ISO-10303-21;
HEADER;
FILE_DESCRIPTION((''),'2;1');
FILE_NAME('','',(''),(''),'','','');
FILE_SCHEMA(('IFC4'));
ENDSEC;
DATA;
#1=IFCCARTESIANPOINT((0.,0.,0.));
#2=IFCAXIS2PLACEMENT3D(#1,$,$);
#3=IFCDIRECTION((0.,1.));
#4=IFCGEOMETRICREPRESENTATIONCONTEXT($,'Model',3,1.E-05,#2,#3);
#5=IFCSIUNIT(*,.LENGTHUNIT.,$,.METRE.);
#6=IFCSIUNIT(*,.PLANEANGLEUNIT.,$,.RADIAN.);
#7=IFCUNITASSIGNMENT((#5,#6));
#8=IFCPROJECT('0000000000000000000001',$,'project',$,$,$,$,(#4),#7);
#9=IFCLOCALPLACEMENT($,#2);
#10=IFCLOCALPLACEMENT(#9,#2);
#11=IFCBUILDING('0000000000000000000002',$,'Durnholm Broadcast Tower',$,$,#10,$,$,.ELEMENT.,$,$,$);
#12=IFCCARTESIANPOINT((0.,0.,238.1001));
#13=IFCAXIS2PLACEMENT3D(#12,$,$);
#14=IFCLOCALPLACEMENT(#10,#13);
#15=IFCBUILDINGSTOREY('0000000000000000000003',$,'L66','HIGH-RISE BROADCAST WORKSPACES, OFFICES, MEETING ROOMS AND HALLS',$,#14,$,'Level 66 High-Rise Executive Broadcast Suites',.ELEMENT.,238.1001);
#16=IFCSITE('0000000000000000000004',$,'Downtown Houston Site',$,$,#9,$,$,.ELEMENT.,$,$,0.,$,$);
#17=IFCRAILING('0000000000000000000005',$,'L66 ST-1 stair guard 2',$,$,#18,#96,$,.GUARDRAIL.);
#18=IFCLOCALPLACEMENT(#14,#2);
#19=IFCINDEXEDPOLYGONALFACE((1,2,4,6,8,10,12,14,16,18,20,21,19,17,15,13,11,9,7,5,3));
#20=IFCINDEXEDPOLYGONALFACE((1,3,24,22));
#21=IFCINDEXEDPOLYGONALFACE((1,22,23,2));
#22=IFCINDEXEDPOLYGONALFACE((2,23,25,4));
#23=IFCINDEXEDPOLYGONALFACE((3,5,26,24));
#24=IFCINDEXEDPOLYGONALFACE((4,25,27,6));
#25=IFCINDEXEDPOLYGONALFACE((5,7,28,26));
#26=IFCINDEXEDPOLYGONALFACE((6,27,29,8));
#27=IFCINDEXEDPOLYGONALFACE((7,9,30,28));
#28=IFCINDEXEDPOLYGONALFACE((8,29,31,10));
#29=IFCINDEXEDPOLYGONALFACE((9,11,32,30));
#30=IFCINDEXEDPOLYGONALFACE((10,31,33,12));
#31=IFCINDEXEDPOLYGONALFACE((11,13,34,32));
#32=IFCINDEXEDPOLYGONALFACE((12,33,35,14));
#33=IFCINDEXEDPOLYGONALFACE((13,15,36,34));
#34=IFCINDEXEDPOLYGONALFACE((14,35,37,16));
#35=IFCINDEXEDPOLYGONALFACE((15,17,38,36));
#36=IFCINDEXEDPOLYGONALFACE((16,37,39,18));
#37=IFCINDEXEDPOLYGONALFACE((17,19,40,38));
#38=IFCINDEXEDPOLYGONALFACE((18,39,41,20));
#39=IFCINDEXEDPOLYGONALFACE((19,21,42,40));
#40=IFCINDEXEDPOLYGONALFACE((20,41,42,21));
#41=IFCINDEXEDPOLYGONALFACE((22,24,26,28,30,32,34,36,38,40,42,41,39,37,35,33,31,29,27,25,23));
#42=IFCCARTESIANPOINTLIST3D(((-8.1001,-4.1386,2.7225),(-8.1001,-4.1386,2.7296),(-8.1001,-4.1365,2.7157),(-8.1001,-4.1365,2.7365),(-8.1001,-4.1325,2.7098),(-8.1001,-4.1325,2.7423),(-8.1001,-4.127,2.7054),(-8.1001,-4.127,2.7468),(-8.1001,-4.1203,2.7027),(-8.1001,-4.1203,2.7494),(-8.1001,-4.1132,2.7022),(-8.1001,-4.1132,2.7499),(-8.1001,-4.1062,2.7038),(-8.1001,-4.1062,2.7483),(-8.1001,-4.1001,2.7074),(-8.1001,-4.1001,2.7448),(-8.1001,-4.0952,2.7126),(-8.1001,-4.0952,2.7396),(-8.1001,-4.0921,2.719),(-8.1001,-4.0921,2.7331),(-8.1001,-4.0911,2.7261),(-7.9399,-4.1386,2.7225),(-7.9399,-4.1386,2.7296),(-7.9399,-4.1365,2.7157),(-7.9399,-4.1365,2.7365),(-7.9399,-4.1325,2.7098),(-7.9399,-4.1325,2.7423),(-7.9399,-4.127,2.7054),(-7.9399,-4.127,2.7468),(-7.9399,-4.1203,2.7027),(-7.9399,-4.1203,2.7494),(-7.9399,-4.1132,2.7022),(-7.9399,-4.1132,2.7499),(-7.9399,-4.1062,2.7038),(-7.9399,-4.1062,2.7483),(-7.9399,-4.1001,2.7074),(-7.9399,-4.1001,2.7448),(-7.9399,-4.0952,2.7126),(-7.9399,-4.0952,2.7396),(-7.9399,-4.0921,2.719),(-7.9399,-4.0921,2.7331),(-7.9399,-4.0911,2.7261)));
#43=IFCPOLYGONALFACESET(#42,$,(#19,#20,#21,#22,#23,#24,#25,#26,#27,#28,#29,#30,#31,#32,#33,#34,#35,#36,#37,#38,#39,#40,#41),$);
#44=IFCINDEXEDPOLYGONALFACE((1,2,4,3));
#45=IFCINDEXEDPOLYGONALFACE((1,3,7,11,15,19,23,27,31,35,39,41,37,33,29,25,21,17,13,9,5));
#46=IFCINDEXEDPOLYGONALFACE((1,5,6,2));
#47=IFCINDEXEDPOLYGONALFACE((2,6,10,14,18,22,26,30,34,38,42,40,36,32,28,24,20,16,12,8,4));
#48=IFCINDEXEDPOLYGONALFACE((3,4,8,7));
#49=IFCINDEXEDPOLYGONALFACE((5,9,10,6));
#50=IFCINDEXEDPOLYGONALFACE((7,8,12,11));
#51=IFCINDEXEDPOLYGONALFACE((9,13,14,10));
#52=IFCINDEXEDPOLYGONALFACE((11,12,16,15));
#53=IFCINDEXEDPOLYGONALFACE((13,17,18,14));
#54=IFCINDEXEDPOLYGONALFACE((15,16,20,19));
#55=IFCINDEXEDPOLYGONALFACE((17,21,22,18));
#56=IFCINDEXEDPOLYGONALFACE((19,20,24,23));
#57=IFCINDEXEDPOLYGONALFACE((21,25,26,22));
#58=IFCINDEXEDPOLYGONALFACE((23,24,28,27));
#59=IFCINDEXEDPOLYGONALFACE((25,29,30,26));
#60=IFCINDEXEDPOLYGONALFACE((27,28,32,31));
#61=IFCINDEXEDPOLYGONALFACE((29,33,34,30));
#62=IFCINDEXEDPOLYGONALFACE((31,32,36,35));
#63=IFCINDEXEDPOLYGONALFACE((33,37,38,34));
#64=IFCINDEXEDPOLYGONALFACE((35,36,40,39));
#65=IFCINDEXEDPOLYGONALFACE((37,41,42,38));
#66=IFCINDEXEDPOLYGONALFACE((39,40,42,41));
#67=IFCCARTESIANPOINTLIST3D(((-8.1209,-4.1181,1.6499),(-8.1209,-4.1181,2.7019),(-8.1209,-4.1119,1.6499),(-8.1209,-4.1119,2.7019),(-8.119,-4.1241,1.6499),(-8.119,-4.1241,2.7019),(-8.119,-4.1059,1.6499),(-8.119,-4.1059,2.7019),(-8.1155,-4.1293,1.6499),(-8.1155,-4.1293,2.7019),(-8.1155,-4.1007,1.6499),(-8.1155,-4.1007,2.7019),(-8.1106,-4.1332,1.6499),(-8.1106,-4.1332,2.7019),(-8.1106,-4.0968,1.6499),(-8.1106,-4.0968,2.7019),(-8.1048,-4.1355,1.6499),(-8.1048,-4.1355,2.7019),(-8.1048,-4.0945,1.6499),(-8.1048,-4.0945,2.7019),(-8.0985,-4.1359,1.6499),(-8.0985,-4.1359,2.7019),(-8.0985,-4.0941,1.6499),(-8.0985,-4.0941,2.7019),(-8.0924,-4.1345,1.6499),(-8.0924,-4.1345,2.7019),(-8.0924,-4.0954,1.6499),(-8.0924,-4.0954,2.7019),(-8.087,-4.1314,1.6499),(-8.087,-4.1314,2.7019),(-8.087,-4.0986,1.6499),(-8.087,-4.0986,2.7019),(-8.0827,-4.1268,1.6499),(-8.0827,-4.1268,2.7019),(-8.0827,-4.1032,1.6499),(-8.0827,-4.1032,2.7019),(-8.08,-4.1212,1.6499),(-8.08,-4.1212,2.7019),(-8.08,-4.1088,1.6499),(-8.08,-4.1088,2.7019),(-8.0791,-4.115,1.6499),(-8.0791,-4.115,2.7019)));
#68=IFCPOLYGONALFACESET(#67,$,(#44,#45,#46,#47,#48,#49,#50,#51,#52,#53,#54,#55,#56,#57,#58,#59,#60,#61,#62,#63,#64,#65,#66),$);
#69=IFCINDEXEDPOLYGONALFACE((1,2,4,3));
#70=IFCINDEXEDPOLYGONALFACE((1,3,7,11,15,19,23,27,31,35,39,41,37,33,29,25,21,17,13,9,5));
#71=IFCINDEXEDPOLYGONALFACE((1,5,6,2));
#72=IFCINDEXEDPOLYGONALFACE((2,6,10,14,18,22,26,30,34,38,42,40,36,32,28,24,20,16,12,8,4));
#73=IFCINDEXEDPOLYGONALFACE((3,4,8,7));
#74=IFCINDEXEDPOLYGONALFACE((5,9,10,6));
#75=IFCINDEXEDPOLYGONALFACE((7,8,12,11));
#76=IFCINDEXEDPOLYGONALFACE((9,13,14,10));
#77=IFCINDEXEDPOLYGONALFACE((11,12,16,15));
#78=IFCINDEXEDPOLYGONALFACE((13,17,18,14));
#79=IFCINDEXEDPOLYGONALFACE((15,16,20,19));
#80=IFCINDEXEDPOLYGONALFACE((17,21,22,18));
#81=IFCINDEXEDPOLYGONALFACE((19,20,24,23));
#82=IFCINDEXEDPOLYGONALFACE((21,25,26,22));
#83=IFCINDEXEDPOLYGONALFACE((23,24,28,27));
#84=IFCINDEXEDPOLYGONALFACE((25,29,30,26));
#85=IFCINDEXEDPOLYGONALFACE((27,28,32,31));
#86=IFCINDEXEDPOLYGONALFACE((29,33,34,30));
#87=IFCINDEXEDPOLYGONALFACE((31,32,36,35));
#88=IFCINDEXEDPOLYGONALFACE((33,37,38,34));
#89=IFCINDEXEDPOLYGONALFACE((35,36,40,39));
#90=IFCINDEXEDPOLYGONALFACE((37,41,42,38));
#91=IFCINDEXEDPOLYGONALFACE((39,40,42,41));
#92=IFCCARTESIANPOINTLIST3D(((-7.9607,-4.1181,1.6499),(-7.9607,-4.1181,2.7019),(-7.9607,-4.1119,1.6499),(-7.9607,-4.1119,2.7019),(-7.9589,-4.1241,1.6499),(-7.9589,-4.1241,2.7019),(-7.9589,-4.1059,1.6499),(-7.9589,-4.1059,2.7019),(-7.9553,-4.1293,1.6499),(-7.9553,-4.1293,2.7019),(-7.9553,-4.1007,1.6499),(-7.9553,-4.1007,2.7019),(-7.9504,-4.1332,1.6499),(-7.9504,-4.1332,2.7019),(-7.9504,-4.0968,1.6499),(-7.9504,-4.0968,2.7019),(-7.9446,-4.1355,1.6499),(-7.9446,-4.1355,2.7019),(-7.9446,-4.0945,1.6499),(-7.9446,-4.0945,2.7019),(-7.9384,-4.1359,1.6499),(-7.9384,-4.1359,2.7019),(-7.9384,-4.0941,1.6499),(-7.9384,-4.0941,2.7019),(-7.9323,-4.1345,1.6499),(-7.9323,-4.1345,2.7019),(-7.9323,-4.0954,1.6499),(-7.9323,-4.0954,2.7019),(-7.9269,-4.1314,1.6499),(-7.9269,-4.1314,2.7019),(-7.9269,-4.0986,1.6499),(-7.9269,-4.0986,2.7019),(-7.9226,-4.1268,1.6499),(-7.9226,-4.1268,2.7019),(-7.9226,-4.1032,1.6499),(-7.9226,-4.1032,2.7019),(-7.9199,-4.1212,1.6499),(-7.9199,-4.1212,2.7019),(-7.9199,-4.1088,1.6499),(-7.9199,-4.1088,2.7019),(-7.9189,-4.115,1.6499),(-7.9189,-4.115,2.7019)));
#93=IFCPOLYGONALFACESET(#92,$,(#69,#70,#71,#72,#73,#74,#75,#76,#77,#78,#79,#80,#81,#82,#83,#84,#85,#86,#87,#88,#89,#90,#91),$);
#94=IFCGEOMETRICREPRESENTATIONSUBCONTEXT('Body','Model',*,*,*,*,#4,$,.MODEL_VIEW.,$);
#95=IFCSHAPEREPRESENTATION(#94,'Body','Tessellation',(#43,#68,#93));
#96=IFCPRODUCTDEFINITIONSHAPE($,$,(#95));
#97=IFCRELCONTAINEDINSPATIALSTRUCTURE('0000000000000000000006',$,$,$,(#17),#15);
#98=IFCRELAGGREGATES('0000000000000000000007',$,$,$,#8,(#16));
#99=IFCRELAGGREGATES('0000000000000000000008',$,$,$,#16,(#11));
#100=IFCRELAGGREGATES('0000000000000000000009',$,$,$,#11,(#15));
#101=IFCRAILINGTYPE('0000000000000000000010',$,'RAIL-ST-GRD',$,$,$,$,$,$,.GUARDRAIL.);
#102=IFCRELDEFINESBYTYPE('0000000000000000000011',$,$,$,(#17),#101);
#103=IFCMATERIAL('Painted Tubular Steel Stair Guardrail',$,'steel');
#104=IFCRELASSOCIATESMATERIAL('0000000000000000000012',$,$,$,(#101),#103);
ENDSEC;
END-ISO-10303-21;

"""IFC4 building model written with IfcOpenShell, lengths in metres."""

from ifc_helpers import new_model, si_unit, direction, frame, origin, origin_2d, place, context, subcontext, project, spatial, circle, extrude, material, type_object, element, save


model = new_model("IFC4")

# Units and contexts
model_context = context("Model", 3, precision=1e-05, world=origin(), true_north=direction((0.0, 1.0)))
body_context = subcontext(model_context, "Body", "Model", "MODEL_VIEW")
ifc_project = project(units=[si_unit("LENGTHUNIT", "METRE"), si_unit("PLANEANGLEUNIT", "RADIAN")], contexts=[model_context])

# Site, building, storey
site_placement = place(None, origin())
site = spatial("IfcSite", under=ifc_project, at=site_placement, Name="Downtown Houston Site", CompositionType="ELEMENT", RefElevation=0.0)
building_placement = place(site_placement, origin())
building = spatial("IfcBuilding", under=site, at=building_placement, Name="Durnholm Broadcast Tower", CompositionType="ELEMENT")
storey_placement = place(building_placement, frame((0.0, 0.0, 238.1001)))
storey = spatial("IfcBuildingStorey", under=building, at=storey_placement, Name="L66", Description="HIGH-RISE BROADCAST WORKSPACES, OFFICES, MEETING ROOMS AND HALLS", LongName="Level 66 High-Rise Executive Broadcast Suites", CompositionType="ELEMENT", Elevation=238.1001)

# Railing
ifc_material_1 = material(Name="Painted Tubular Steel Stair Guardrail", Category="steel")
railing_type_1 = type_object("IfcRailingType", Name="RAIL-ST-GRD", PredefinedType="GUARDRAIL", material=ifc_material_1)
railing_1_placement = place(storey_placement, frame((-8.1001, -4.115, 1.6499)))
element("IfcRailing", 1, at=railing_1_placement, inside=storey, type_object=railing_type_1, Name="L66 ST-1 stair guard 2", PredefinedType="GUARDRAIL", context=body_context, shape_type="SweptSolid", body=[
    extrude(circle(Radius=0.0239, at=origin_2d()), frame((0.0, 0.0, 1.0762), z_axis=(1.0, 0.0, 0.0), x_axis=(0.0, 1.0, 0.0)), (0.0, 0.0, 1.0), 0.1602),
    extrude(circle(Radius=0.021, at=origin_2d()), origin(), (0.0, 0.0, 1.0), 1.052),
    extrude(circle(Radius=0.021, at=origin_2d()), frame((0.1602, 0.0, 0.0)), (0.0, 0.0, 1.0), 1.052),
])

save(model, "model.ifc")
